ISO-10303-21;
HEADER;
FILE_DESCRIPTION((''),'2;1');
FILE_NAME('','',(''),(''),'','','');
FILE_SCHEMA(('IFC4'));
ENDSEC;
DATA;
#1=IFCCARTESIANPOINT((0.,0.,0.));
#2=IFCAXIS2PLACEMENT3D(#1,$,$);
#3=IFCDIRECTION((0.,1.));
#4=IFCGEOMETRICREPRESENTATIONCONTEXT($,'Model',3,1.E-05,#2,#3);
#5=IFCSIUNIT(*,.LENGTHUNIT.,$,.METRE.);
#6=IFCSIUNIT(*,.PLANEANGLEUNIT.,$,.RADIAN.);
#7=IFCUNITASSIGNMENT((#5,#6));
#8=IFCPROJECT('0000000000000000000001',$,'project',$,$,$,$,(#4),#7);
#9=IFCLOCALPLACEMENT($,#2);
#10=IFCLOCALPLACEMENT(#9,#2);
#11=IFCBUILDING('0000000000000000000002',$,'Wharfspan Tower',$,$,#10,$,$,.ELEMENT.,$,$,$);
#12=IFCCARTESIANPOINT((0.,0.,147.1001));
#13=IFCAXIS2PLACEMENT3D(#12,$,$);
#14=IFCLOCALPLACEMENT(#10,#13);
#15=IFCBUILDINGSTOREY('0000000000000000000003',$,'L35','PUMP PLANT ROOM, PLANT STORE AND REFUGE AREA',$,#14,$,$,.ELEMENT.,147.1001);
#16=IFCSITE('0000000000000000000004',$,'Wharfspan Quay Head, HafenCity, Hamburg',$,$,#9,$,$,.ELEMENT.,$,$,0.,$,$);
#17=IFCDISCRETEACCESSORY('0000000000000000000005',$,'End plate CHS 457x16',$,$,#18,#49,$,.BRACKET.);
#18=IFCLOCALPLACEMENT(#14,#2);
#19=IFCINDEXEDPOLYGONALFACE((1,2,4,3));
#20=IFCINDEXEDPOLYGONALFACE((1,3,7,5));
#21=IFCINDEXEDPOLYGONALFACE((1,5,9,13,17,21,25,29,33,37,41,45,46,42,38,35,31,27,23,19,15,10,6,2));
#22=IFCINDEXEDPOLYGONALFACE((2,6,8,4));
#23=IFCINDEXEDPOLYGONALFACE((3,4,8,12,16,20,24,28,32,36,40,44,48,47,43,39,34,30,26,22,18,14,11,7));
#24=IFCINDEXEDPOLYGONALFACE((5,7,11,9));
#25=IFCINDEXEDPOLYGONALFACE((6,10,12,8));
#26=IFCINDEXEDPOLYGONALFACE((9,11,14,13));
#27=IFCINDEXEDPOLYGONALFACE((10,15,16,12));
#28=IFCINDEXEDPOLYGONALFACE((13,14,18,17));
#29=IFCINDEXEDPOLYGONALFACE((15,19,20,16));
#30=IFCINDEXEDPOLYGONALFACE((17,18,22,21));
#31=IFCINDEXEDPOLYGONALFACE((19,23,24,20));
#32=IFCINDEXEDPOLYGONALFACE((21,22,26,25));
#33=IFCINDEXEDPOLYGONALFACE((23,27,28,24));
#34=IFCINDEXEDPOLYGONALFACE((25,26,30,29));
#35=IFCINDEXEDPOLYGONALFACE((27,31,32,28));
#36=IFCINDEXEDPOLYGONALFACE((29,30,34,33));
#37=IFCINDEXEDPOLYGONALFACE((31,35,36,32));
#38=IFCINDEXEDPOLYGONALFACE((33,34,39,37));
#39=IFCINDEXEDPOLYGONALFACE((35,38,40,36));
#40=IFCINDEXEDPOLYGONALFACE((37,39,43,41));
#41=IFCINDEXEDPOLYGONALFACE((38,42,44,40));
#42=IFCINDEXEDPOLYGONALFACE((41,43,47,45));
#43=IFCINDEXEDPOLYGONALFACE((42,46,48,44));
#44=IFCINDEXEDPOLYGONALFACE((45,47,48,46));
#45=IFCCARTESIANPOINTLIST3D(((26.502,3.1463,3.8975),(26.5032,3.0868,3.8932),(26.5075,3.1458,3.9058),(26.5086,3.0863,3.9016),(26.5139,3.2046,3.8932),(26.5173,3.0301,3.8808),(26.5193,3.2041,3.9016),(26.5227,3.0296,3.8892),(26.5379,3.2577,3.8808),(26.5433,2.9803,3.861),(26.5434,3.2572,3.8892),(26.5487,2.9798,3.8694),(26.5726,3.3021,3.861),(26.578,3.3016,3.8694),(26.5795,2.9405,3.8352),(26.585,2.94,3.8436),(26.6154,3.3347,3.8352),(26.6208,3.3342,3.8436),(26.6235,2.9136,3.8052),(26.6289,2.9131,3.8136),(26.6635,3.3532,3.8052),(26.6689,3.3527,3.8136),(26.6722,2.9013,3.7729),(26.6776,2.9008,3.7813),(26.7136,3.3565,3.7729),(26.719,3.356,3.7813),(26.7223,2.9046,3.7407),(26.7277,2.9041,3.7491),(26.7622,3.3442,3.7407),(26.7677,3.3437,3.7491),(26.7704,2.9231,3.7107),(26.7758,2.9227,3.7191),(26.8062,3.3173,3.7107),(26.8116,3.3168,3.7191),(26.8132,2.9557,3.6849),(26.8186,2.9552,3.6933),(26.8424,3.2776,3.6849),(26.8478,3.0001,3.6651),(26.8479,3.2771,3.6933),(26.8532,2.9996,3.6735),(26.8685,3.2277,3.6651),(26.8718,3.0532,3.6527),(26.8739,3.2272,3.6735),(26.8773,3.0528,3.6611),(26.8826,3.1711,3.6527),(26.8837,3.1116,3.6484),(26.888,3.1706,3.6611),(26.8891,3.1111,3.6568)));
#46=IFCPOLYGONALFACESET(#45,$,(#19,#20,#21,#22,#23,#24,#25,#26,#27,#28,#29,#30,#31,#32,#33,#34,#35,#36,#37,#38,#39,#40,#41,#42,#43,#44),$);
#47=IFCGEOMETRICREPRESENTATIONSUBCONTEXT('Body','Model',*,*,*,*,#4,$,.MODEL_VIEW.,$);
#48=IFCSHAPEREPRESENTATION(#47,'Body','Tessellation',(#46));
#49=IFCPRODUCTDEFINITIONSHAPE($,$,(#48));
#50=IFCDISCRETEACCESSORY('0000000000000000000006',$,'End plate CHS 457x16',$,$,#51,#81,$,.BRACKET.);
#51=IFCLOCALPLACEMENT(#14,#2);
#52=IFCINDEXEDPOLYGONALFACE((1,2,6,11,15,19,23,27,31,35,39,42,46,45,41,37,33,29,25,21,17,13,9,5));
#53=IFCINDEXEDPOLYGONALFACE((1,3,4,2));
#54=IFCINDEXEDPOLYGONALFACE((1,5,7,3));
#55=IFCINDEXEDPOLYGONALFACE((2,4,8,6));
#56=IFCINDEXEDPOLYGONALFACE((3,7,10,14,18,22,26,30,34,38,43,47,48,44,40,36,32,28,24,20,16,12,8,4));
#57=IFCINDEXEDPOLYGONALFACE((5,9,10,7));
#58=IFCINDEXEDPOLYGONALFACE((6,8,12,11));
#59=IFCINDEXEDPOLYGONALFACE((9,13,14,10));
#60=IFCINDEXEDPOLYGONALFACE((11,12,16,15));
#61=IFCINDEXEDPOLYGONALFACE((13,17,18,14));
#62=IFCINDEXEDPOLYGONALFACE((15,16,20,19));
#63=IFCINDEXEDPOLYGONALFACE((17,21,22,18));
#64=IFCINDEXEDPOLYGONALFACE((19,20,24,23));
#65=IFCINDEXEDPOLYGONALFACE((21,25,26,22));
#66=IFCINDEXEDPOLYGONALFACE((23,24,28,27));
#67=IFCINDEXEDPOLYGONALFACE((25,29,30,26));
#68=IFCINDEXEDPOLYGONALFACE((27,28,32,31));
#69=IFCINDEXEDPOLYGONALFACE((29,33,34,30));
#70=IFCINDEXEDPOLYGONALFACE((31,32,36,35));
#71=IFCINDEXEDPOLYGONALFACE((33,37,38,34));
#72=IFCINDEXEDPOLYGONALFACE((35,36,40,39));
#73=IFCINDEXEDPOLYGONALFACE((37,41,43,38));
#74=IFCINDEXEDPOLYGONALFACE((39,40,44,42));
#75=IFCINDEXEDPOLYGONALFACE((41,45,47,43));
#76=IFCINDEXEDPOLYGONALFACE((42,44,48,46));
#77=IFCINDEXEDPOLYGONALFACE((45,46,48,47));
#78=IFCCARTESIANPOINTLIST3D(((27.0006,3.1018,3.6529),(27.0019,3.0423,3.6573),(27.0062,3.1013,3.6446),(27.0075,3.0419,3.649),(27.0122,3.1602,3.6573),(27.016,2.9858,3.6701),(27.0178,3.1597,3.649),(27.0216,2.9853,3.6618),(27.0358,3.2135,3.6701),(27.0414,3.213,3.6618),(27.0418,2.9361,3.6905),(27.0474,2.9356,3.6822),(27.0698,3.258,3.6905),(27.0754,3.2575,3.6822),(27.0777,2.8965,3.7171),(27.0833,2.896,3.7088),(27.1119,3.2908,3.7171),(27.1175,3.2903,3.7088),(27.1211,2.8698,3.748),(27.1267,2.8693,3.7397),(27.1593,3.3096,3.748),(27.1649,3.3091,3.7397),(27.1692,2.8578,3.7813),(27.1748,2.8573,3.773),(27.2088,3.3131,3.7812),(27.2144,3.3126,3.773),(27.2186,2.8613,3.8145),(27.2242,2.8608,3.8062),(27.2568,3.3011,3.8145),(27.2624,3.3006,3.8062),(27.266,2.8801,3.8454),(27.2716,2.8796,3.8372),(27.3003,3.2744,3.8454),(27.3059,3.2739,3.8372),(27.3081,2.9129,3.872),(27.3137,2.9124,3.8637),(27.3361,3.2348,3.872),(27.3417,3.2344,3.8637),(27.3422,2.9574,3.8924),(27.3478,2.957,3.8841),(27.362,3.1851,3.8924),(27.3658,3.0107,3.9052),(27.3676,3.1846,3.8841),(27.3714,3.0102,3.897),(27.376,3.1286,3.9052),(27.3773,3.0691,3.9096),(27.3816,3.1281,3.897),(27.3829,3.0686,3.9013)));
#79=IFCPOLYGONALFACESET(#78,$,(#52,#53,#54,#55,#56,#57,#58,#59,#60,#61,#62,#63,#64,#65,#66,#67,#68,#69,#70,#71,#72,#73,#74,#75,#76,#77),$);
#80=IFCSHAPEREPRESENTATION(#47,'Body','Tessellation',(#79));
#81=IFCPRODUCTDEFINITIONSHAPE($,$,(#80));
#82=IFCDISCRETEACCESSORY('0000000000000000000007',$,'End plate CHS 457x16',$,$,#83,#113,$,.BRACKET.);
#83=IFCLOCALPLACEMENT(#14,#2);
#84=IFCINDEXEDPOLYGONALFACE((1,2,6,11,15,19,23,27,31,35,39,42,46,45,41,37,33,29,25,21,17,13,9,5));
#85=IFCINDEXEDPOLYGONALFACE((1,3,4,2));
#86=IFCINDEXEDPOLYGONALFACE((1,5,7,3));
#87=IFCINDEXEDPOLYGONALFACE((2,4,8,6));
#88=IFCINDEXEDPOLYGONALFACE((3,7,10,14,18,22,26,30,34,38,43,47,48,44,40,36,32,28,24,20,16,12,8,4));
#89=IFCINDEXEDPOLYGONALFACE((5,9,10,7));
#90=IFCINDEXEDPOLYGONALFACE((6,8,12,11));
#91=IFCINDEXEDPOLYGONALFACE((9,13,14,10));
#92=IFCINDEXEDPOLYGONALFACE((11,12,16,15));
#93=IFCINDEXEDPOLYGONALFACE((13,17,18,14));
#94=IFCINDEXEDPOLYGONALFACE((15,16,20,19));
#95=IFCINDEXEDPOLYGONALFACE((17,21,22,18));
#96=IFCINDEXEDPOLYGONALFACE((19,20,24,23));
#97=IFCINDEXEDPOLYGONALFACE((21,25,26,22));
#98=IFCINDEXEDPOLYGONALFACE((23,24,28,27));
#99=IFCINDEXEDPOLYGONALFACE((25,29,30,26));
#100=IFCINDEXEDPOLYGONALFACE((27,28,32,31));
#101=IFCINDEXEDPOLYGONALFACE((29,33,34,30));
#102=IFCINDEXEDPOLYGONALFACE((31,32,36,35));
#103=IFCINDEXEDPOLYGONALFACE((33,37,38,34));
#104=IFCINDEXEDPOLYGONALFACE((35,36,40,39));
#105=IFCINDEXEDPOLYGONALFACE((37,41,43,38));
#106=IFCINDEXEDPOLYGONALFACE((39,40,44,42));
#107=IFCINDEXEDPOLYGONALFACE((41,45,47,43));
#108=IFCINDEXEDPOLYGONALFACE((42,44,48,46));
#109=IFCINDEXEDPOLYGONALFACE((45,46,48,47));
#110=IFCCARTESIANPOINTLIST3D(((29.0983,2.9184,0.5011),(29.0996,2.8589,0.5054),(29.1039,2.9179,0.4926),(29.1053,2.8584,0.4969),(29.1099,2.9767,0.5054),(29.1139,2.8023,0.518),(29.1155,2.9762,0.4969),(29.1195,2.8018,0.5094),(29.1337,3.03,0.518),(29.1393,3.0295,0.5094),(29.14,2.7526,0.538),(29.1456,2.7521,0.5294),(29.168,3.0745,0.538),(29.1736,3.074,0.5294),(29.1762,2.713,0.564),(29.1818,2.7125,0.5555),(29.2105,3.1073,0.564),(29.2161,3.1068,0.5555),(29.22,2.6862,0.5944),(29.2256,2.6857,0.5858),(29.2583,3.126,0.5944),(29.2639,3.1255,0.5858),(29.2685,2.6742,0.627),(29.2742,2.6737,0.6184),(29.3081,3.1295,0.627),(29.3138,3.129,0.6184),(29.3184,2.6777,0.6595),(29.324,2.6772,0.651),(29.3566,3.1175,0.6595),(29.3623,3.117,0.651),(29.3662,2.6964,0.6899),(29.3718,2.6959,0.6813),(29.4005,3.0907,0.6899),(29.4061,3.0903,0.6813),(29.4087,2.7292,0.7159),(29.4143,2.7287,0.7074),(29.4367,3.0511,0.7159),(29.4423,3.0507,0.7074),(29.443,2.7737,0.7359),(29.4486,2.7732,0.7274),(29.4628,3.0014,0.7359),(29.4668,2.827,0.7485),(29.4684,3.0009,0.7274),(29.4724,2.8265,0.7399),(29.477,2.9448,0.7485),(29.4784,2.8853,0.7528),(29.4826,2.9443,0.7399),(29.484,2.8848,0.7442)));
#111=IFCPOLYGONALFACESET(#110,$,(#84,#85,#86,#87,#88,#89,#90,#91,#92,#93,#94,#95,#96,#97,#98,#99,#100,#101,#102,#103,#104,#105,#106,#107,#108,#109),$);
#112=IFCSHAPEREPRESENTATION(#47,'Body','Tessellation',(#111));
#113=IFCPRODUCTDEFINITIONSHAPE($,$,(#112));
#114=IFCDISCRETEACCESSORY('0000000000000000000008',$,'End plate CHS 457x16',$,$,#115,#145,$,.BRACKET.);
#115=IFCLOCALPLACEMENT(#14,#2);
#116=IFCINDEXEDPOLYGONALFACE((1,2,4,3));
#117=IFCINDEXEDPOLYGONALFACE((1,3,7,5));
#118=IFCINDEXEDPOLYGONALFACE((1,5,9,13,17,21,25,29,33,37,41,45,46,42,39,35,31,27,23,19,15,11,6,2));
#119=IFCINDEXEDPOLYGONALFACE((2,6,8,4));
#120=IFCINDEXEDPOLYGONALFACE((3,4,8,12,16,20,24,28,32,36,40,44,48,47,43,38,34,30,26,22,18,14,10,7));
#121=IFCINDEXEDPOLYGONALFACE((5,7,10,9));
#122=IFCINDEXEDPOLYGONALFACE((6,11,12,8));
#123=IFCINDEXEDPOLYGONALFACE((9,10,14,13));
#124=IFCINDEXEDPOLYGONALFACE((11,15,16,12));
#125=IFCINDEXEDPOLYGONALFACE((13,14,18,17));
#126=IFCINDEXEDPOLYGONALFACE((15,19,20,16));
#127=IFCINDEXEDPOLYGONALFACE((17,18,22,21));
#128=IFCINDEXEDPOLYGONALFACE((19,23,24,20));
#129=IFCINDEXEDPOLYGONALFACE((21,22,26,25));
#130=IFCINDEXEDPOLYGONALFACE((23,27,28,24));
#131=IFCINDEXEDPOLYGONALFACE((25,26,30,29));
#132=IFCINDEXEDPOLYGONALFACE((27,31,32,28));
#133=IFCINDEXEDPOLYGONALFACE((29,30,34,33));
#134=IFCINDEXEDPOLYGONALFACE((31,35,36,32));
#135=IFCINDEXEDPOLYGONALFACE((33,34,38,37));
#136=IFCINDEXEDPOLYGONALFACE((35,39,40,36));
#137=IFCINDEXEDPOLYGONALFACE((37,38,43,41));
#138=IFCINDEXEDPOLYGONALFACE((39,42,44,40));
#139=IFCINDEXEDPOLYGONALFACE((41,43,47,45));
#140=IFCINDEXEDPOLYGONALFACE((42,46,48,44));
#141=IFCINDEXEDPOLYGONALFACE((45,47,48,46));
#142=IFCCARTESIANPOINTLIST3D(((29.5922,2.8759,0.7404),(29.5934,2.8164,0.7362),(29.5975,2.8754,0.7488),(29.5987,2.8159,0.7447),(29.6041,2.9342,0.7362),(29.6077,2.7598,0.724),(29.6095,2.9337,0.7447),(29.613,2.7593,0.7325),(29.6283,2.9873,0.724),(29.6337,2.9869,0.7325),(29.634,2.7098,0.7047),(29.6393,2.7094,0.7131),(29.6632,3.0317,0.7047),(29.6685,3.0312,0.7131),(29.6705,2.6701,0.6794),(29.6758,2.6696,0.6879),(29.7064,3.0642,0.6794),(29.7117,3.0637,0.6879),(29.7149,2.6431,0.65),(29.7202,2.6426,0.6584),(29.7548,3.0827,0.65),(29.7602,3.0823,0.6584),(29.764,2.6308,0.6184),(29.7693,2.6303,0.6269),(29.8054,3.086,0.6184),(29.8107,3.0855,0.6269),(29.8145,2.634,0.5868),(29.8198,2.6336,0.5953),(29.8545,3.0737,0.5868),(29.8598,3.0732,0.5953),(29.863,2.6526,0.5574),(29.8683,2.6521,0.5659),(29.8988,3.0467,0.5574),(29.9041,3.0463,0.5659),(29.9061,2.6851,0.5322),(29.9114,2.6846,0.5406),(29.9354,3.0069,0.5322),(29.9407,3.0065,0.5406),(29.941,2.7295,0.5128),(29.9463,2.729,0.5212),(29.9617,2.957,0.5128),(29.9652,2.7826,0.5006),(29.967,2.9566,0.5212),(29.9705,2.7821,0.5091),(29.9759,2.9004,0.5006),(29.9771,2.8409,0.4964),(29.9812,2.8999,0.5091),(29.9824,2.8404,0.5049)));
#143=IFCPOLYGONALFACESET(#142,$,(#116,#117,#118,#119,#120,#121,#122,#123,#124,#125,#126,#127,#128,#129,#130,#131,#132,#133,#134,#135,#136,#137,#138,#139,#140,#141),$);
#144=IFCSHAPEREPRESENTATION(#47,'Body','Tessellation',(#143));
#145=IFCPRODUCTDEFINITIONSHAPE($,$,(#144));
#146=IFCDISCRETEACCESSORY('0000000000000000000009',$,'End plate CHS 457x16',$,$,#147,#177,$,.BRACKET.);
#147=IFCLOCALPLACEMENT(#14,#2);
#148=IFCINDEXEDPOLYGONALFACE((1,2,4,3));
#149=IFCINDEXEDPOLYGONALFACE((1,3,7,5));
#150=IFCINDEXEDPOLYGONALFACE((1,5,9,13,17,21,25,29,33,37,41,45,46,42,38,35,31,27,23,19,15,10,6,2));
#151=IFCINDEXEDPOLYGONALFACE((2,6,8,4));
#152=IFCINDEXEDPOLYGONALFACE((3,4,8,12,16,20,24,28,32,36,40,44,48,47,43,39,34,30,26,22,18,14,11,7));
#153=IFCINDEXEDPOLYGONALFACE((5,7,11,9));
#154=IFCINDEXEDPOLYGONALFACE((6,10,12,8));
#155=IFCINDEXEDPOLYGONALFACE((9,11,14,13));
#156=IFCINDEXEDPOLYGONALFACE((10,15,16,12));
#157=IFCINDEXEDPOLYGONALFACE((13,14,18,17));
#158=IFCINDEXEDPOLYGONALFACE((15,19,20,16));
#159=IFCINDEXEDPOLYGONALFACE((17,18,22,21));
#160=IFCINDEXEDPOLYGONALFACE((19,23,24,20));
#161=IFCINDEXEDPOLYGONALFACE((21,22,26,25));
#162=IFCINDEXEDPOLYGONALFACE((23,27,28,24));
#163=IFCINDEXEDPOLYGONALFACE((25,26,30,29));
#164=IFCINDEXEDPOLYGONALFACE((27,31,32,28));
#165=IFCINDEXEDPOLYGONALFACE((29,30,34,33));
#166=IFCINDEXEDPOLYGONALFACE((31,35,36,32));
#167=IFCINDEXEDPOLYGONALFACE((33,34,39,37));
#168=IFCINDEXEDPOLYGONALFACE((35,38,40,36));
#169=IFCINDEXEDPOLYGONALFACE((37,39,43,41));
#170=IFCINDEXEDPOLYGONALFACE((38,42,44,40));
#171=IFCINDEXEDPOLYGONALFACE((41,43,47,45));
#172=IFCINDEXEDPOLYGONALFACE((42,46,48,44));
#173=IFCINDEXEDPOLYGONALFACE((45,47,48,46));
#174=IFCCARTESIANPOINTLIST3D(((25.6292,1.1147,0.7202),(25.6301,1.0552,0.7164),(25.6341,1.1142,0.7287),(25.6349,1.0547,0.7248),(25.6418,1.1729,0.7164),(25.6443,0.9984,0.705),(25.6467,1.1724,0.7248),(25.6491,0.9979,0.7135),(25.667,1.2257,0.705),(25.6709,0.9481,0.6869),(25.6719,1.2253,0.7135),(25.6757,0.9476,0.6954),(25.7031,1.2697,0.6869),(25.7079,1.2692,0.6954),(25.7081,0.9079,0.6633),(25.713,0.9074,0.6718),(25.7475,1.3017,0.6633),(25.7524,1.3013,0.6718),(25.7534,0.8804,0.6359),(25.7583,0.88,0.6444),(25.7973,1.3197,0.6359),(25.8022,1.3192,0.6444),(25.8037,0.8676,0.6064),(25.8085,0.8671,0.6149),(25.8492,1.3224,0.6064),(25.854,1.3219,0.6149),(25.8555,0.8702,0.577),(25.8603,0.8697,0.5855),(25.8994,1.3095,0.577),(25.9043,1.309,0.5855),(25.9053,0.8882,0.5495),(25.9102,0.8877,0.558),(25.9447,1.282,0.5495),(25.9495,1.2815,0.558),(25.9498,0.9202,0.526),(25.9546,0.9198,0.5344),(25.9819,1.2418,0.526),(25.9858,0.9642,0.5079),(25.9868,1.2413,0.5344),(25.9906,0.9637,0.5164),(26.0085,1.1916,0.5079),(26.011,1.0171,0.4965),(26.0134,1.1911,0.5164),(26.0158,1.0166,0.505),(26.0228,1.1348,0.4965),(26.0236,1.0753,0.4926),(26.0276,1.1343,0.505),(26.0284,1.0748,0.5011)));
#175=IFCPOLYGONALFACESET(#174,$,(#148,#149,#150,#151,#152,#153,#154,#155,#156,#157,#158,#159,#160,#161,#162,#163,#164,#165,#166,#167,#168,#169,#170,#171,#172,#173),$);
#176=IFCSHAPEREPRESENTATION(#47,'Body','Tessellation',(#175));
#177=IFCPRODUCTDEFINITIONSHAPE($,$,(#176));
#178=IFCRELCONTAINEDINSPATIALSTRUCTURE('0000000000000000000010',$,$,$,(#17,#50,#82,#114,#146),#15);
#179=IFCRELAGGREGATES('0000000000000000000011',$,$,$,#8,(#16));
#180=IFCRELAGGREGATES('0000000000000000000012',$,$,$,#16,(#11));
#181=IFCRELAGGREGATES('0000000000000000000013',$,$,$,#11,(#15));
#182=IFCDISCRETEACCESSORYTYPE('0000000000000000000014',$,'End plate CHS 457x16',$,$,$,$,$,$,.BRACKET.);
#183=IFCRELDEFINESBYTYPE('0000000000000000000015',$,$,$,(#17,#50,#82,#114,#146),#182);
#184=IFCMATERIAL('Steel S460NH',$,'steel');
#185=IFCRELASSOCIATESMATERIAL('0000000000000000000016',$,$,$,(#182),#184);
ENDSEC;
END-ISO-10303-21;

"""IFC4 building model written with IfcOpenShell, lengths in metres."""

from ifc_helpers import new_model, si_unit, direction, frame, origin, origin_2d, place, context, subcontext, project, spatial, circle, extrude, material, material_profile, profile_set, type_object, element, save


model = new_model("IFC4")

# Units and contexts
model_context = context("Model", 3, precision=1e-05, world=origin(), true_north=direction((0.0, 1.0)))
body_context = subcontext(model_context, "Body", "Model", "MODEL_VIEW")
ifc_project = project(units=[si_unit("LENGTHUNIT", "METRE"), si_unit("PLANEANGLEUNIT", "RADIAN")], contexts=[model_context])

# Site, building, storey
site_placement = place(None, origin())
site = spatial("IfcSite", under=ifc_project, at=site_placement, Name="Wharfspan Quay Head, HafenCity, Hamburg", CompositionType="ELEMENT", RefElevation=0.0)
building_placement = place(site_placement, origin())
building = spatial("IfcBuilding", under=site, at=building_placement, Name="Wharfspan Tower", CompositionType="ELEMENT")
storey_placement = place(building_placement, frame((0.0, 0.0, 147.1001)))
storey = spatial("IfcBuildingStorey", under=building, at=storey_placement, Name="L35", Description="PUMP PLANT ROOM, PLANT STORE AND REFUGE AREA", CompositionType="ELEMENT", Elevation=147.1001)

# Shared definitions
ifc_material_1 = material(Name="Steel S460NH", Category="steel")

# Discrete accessories
ifc_material_profile_1 = material_profile(ifc_material_1, circle(Radius=0.2285, at=origin_2d()))
ifc_profile_set_1 = profile_set([ifc_material_profile_1], Name="Steel S460NH")
discrete_accessory_type_1 = type_object("IfcDiscreteAccessoryType", Name="End plate CHS 457x16", PredefinedType="BRACKET", material=ifc_profile_set_1)
for number, where, z_axis, x_axis, name in (
    (1, (26.6929, 3.1289, 3.7729), (0.54259, -0.049326, 0.838548), (0.090535, 0.995892, 0.0), "End plate CHS 457x16"),
    (2, (27.189, 3.0854, 3.7812), (0.559645, -0.048665, -0.827302), (0.086627, 0.99624, -0.000002), "End plate CHS 457x16"),
):
    element("IfcDiscreteAccessory", number, at=place(storey_placement, frame(where, z_axis=z_axis, x_axis=x_axis)), inside=storey, type_object=discrete_accessory_type_1, Name=name, PredefinedType="BRACKET", context=body_context, shape_type="SweptSolid", body=[
        extrude(circle(Radius=0.2285, at=origin_2d()), origin(), (0.0, 0.0, 1.0), 0.01),
    ])
discrete_accessory_1_placement = place(storey_placement, frame((29.2883, 2.9019, 0.627), z_axis=(0.548553, -0.0477, -0.834754), x_axis=(0.086629, 0.996239, 0.0)))
element("IfcDiscreteAccessory", 3, at=discrete_accessory_1_placement, inside=storey, type_object=discrete_accessory_type_1, Name="End plate CHS 457x16", PredefinedType="BRACKET", context=body_context, shape_type="SweptSolid", body=[
    extrude(circle(Radius=0.2285, at=origin_2d()), origin(), (0.0, 0.0, 1.0), 0.0103),
])
discrete_accessory_2_placement = place(storey_placement, frame((29.7847, 2.8584, 0.6184), z_axis=(0.53155, -0.048323, 0.845647), x_axis=(0.090535, 0.995897, 0.000001)))
element("IfcDiscreteAccessory", 4, at=discrete_accessory_2_placement, inside=storey, type_object=discrete_accessory_type_1, Name="End plate CHS 457x16", PredefinedType="BRACKET", context=body_context, shape_type="SweptSolid", body=[
    extrude(circle(Radius=0.2285, at=origin_2d()), origin(), (0.0, 0.0, 1.0), 0.01),
])
discrete_accessory_3_placement = place(storey_placement, frame((25.8264, 1.095, 0.6064), z_axis=(0.495529, -0.049553, 0.867177), x_axis=(0.099504, 0.995038, 0.0)))
element("IfcDiscreteAccessory", 5, at=discrete_accessory_3_placement, inside=storey, type_object=discrete_accessory_type_1, Name="End plate CHS 457x16", PredefinedType="BRACKET", context=body_context, shape_type="SweptSolid", body=[
    extrude(circle(Radius=0.2285, at=origin_2d()), origin(), (0.0, 0.0, 1.0), 0.0098),
])

save(model, "model.ifc")
